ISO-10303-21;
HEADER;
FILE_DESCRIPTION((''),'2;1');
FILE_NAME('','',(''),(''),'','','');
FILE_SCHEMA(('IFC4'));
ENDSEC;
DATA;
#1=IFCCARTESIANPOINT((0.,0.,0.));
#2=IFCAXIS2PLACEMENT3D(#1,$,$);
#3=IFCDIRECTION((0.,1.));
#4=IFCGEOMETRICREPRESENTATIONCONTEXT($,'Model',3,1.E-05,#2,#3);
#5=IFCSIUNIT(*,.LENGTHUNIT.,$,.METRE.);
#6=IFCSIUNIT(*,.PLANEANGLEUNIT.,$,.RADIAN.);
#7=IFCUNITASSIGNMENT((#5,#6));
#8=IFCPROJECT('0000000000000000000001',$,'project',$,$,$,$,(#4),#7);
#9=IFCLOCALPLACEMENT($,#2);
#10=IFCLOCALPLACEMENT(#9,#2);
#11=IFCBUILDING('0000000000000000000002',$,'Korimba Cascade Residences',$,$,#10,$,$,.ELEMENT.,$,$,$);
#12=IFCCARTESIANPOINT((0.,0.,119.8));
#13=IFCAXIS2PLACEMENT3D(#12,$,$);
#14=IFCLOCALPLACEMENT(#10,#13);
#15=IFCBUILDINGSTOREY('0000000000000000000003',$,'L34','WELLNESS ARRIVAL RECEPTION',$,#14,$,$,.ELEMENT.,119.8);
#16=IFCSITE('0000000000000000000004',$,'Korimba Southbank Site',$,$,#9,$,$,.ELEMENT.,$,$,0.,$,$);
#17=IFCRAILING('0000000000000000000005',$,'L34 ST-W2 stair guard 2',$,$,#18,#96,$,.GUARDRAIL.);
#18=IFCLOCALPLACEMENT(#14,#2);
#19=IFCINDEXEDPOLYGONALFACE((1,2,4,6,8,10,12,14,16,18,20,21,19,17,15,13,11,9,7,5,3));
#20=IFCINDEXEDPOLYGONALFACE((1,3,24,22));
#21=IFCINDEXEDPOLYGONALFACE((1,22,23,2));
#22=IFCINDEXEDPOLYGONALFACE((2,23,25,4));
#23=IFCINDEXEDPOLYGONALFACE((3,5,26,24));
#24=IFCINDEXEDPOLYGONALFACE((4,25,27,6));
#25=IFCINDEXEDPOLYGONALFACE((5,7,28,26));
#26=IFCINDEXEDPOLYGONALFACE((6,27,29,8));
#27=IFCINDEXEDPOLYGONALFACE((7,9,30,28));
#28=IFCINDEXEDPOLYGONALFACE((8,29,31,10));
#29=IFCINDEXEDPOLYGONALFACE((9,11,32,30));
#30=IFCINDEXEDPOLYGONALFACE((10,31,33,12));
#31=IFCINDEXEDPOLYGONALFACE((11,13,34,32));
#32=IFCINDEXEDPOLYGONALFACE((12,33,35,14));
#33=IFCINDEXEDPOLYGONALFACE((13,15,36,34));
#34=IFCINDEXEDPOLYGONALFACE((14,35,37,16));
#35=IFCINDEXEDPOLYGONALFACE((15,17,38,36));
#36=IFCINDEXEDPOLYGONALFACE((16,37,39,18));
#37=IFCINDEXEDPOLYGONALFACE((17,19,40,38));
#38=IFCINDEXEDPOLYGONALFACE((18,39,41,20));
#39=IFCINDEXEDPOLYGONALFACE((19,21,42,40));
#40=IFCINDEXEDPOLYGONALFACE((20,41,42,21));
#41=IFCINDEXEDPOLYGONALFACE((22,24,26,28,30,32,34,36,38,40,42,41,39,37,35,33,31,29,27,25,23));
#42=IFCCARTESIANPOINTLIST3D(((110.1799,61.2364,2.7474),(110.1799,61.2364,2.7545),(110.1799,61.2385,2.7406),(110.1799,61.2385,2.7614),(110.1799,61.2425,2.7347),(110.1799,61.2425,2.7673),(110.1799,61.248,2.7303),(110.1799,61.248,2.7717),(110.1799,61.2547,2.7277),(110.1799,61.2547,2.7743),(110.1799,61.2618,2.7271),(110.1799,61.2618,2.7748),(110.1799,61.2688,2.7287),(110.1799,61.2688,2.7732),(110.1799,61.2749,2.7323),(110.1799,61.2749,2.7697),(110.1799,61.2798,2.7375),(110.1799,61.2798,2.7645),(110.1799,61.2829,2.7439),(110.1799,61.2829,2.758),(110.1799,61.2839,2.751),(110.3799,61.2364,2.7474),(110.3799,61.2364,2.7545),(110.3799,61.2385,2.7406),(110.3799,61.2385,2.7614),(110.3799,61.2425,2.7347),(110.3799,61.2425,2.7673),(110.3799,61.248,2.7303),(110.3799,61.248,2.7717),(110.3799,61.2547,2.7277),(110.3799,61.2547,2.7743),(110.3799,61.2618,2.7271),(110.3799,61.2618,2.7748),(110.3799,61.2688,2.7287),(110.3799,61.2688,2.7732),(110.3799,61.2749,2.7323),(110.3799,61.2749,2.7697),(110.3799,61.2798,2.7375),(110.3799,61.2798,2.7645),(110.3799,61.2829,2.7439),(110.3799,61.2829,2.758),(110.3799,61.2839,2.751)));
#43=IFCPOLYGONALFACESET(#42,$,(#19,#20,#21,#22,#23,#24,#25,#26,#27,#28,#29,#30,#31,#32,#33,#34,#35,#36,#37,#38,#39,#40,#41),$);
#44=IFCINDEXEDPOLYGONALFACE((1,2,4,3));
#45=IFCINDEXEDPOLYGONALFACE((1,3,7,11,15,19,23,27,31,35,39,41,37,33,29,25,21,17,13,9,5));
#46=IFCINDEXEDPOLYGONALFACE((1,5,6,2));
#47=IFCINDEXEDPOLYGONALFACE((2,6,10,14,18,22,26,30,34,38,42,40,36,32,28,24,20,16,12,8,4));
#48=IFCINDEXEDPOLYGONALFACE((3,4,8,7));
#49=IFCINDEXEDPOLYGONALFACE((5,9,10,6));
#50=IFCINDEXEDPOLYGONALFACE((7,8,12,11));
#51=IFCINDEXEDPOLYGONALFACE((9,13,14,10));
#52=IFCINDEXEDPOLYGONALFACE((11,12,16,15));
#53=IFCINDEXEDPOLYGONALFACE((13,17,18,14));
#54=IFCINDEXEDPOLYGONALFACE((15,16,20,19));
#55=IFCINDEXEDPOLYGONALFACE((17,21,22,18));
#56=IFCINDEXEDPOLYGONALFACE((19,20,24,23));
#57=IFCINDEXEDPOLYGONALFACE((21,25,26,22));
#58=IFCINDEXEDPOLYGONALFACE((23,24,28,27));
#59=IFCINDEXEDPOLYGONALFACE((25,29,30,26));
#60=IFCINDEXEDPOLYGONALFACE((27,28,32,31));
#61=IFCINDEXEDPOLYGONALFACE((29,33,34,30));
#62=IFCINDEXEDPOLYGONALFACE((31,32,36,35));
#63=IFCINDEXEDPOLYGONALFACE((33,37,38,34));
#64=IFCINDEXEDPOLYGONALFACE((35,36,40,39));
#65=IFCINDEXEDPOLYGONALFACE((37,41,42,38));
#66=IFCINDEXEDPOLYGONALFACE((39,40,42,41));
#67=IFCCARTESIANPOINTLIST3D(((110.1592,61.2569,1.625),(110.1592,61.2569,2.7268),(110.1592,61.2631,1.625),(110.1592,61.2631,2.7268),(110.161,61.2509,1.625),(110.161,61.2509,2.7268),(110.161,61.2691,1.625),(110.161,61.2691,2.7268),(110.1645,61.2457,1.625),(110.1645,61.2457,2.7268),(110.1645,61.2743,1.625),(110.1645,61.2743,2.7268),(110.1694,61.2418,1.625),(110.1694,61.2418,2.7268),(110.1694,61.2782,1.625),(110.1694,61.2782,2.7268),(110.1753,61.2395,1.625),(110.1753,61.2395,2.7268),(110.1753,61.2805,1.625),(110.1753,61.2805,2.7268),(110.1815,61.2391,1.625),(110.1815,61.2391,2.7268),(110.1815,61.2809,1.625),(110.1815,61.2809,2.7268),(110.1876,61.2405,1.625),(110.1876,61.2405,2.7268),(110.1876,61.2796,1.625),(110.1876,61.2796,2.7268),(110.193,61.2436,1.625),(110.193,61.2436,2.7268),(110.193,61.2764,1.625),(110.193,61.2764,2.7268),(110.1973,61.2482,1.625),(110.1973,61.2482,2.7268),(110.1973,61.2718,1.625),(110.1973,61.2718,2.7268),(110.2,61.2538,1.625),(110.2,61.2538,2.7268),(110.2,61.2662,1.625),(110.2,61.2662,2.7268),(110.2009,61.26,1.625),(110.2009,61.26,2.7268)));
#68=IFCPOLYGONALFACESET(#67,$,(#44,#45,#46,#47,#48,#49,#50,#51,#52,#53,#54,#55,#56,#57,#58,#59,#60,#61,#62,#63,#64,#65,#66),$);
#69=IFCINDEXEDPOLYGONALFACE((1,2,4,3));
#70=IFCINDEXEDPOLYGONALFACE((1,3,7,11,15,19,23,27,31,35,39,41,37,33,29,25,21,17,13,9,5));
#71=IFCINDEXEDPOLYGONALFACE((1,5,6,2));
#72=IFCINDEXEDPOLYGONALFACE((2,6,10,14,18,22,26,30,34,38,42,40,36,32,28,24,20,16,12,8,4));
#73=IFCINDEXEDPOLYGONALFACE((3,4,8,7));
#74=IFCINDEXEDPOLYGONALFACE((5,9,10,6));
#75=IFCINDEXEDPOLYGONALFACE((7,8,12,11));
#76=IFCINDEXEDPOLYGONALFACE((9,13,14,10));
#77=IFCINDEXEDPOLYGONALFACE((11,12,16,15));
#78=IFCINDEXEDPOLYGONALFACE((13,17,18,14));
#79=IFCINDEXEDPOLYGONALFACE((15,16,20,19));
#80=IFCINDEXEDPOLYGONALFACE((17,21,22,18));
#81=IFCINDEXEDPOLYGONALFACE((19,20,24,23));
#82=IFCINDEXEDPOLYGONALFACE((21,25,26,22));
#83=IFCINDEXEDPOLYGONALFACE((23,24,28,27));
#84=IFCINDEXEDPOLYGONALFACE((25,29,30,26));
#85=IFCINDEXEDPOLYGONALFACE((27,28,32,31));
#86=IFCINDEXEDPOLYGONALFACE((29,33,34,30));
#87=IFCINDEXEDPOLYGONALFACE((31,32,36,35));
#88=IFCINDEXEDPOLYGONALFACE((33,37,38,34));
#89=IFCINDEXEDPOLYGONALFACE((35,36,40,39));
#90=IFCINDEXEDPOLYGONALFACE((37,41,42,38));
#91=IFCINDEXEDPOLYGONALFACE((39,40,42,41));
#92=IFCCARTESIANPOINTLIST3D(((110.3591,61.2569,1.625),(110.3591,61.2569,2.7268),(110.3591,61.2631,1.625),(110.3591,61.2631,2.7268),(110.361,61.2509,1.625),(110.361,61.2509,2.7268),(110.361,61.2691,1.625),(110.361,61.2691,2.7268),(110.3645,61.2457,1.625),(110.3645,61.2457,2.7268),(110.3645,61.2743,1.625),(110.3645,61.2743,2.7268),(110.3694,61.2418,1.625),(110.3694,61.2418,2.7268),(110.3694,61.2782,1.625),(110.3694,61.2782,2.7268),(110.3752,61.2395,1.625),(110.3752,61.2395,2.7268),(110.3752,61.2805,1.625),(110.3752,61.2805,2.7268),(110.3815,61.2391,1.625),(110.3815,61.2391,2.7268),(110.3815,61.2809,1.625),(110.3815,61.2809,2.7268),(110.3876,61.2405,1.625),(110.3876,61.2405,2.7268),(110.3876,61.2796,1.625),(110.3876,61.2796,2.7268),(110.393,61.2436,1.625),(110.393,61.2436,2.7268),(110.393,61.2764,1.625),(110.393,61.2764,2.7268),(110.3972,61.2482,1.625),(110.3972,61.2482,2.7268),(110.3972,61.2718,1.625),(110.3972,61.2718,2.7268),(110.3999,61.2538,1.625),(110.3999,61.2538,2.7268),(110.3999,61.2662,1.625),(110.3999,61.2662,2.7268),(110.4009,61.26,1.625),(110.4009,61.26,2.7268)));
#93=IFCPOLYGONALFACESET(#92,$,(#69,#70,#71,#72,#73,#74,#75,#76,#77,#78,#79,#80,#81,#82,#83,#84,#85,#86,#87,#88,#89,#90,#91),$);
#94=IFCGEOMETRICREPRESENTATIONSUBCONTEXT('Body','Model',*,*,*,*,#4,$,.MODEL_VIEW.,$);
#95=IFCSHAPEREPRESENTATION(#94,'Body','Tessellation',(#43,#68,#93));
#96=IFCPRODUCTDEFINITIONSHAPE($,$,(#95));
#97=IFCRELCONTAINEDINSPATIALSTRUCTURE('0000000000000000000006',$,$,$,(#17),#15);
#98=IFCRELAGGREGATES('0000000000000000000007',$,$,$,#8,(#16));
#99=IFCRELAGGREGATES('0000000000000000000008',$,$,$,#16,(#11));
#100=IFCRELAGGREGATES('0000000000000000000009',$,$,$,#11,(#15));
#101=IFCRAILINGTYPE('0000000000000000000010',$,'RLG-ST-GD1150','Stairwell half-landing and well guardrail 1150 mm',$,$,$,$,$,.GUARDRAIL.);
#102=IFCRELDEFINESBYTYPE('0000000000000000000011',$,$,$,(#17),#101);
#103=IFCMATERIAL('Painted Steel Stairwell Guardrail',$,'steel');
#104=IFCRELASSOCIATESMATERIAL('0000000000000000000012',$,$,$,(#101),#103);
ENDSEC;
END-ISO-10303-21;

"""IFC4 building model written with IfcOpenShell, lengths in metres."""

from ifc_helpers import new_model, si_unit, direction, frame, origin, origin_2d, place, context, subcontext, project, spatial, circle, extrude, material, type_object, element, save


model = new_model("IFC4")

# Units and contexts
model_context = context("Model", 3, precision=1e-05, world=origin(), true_north=direction((0.0, 1.0)))
body_context = subcontext(model_context, "Body", "Model", "MODEL_VIEW")
ifc_project = project(units=[si_unit("LENGTHUNIT", "METRE"), si_unit("PLANEANGLEUNIT", "RADIAN")], contexts=[model_context])

# Site, building, storey
site_placement = place(None, origin())
site = spatial("IfcSite", under=ifc_project, at=site_placement, Name="Korimba Southbank Site", CompositionType="ELEMENT", RefElevation=0.0)
building_placement = place(site_placement, origin())
building = spatial("IfcBuilding", under=site, at=building_placement, Name="Korimba Cascade Residences", CompositionType="ELEMENT")
storey_placement = place(building_placement, frame((0.0, 0.0, 119.8)))
storey = spatial("IfcBuildingStorey", under=building, at=storey_placement, Name="L34", Description="WELLNESS ARRIVAL RECEPTION", CompositionType="ELEMENT", Elevation=119.8)

# Railing
ifc_material_1 = material(Name="Painted Steel Stairwell Guardrail", Category="steel")
railing_type_1 = type_object("IfcRailingType", Name="RLG-ST-GD1150", Description="Stairwell half-landing and well guardrail 1150 mm", PredefinedType="GUARDRAIL", material=ifc_material_1)
railing_1_placement = place(storey_placement, frame((110.1799, 61.26, 1.625)))
element("IfcRailing", 1, at=railing_1_placement, inside=storey, type_object=railing_type_1, Name="L34 ST-W2 stair guard 2", PredefinedType="GUARDRAIL", context=body_context, shape_type="SweptSolid", body=[
    extrude(circle(Radius=0.0239, at=origin_2d()), frame((0.0, 0.0, 1.126), z_axis=(1.0, 0.0, 0.0), x_axis=(0.0, 1.0, 0.0)), (0.0, 0.0, 1.0), 0.2),
    extrude(circle(Radius=0.021, at=origin_2d()), origin(), (0.0, 0.0, 1.0), 1.1018),
    extrude(circle(Radius=0.021, at=origin_2d()), frame((0.2, 0.0, 0.0)), (0.0, 0.0, 1.0), 1.1018),
])

save(model, "model.ifc")
